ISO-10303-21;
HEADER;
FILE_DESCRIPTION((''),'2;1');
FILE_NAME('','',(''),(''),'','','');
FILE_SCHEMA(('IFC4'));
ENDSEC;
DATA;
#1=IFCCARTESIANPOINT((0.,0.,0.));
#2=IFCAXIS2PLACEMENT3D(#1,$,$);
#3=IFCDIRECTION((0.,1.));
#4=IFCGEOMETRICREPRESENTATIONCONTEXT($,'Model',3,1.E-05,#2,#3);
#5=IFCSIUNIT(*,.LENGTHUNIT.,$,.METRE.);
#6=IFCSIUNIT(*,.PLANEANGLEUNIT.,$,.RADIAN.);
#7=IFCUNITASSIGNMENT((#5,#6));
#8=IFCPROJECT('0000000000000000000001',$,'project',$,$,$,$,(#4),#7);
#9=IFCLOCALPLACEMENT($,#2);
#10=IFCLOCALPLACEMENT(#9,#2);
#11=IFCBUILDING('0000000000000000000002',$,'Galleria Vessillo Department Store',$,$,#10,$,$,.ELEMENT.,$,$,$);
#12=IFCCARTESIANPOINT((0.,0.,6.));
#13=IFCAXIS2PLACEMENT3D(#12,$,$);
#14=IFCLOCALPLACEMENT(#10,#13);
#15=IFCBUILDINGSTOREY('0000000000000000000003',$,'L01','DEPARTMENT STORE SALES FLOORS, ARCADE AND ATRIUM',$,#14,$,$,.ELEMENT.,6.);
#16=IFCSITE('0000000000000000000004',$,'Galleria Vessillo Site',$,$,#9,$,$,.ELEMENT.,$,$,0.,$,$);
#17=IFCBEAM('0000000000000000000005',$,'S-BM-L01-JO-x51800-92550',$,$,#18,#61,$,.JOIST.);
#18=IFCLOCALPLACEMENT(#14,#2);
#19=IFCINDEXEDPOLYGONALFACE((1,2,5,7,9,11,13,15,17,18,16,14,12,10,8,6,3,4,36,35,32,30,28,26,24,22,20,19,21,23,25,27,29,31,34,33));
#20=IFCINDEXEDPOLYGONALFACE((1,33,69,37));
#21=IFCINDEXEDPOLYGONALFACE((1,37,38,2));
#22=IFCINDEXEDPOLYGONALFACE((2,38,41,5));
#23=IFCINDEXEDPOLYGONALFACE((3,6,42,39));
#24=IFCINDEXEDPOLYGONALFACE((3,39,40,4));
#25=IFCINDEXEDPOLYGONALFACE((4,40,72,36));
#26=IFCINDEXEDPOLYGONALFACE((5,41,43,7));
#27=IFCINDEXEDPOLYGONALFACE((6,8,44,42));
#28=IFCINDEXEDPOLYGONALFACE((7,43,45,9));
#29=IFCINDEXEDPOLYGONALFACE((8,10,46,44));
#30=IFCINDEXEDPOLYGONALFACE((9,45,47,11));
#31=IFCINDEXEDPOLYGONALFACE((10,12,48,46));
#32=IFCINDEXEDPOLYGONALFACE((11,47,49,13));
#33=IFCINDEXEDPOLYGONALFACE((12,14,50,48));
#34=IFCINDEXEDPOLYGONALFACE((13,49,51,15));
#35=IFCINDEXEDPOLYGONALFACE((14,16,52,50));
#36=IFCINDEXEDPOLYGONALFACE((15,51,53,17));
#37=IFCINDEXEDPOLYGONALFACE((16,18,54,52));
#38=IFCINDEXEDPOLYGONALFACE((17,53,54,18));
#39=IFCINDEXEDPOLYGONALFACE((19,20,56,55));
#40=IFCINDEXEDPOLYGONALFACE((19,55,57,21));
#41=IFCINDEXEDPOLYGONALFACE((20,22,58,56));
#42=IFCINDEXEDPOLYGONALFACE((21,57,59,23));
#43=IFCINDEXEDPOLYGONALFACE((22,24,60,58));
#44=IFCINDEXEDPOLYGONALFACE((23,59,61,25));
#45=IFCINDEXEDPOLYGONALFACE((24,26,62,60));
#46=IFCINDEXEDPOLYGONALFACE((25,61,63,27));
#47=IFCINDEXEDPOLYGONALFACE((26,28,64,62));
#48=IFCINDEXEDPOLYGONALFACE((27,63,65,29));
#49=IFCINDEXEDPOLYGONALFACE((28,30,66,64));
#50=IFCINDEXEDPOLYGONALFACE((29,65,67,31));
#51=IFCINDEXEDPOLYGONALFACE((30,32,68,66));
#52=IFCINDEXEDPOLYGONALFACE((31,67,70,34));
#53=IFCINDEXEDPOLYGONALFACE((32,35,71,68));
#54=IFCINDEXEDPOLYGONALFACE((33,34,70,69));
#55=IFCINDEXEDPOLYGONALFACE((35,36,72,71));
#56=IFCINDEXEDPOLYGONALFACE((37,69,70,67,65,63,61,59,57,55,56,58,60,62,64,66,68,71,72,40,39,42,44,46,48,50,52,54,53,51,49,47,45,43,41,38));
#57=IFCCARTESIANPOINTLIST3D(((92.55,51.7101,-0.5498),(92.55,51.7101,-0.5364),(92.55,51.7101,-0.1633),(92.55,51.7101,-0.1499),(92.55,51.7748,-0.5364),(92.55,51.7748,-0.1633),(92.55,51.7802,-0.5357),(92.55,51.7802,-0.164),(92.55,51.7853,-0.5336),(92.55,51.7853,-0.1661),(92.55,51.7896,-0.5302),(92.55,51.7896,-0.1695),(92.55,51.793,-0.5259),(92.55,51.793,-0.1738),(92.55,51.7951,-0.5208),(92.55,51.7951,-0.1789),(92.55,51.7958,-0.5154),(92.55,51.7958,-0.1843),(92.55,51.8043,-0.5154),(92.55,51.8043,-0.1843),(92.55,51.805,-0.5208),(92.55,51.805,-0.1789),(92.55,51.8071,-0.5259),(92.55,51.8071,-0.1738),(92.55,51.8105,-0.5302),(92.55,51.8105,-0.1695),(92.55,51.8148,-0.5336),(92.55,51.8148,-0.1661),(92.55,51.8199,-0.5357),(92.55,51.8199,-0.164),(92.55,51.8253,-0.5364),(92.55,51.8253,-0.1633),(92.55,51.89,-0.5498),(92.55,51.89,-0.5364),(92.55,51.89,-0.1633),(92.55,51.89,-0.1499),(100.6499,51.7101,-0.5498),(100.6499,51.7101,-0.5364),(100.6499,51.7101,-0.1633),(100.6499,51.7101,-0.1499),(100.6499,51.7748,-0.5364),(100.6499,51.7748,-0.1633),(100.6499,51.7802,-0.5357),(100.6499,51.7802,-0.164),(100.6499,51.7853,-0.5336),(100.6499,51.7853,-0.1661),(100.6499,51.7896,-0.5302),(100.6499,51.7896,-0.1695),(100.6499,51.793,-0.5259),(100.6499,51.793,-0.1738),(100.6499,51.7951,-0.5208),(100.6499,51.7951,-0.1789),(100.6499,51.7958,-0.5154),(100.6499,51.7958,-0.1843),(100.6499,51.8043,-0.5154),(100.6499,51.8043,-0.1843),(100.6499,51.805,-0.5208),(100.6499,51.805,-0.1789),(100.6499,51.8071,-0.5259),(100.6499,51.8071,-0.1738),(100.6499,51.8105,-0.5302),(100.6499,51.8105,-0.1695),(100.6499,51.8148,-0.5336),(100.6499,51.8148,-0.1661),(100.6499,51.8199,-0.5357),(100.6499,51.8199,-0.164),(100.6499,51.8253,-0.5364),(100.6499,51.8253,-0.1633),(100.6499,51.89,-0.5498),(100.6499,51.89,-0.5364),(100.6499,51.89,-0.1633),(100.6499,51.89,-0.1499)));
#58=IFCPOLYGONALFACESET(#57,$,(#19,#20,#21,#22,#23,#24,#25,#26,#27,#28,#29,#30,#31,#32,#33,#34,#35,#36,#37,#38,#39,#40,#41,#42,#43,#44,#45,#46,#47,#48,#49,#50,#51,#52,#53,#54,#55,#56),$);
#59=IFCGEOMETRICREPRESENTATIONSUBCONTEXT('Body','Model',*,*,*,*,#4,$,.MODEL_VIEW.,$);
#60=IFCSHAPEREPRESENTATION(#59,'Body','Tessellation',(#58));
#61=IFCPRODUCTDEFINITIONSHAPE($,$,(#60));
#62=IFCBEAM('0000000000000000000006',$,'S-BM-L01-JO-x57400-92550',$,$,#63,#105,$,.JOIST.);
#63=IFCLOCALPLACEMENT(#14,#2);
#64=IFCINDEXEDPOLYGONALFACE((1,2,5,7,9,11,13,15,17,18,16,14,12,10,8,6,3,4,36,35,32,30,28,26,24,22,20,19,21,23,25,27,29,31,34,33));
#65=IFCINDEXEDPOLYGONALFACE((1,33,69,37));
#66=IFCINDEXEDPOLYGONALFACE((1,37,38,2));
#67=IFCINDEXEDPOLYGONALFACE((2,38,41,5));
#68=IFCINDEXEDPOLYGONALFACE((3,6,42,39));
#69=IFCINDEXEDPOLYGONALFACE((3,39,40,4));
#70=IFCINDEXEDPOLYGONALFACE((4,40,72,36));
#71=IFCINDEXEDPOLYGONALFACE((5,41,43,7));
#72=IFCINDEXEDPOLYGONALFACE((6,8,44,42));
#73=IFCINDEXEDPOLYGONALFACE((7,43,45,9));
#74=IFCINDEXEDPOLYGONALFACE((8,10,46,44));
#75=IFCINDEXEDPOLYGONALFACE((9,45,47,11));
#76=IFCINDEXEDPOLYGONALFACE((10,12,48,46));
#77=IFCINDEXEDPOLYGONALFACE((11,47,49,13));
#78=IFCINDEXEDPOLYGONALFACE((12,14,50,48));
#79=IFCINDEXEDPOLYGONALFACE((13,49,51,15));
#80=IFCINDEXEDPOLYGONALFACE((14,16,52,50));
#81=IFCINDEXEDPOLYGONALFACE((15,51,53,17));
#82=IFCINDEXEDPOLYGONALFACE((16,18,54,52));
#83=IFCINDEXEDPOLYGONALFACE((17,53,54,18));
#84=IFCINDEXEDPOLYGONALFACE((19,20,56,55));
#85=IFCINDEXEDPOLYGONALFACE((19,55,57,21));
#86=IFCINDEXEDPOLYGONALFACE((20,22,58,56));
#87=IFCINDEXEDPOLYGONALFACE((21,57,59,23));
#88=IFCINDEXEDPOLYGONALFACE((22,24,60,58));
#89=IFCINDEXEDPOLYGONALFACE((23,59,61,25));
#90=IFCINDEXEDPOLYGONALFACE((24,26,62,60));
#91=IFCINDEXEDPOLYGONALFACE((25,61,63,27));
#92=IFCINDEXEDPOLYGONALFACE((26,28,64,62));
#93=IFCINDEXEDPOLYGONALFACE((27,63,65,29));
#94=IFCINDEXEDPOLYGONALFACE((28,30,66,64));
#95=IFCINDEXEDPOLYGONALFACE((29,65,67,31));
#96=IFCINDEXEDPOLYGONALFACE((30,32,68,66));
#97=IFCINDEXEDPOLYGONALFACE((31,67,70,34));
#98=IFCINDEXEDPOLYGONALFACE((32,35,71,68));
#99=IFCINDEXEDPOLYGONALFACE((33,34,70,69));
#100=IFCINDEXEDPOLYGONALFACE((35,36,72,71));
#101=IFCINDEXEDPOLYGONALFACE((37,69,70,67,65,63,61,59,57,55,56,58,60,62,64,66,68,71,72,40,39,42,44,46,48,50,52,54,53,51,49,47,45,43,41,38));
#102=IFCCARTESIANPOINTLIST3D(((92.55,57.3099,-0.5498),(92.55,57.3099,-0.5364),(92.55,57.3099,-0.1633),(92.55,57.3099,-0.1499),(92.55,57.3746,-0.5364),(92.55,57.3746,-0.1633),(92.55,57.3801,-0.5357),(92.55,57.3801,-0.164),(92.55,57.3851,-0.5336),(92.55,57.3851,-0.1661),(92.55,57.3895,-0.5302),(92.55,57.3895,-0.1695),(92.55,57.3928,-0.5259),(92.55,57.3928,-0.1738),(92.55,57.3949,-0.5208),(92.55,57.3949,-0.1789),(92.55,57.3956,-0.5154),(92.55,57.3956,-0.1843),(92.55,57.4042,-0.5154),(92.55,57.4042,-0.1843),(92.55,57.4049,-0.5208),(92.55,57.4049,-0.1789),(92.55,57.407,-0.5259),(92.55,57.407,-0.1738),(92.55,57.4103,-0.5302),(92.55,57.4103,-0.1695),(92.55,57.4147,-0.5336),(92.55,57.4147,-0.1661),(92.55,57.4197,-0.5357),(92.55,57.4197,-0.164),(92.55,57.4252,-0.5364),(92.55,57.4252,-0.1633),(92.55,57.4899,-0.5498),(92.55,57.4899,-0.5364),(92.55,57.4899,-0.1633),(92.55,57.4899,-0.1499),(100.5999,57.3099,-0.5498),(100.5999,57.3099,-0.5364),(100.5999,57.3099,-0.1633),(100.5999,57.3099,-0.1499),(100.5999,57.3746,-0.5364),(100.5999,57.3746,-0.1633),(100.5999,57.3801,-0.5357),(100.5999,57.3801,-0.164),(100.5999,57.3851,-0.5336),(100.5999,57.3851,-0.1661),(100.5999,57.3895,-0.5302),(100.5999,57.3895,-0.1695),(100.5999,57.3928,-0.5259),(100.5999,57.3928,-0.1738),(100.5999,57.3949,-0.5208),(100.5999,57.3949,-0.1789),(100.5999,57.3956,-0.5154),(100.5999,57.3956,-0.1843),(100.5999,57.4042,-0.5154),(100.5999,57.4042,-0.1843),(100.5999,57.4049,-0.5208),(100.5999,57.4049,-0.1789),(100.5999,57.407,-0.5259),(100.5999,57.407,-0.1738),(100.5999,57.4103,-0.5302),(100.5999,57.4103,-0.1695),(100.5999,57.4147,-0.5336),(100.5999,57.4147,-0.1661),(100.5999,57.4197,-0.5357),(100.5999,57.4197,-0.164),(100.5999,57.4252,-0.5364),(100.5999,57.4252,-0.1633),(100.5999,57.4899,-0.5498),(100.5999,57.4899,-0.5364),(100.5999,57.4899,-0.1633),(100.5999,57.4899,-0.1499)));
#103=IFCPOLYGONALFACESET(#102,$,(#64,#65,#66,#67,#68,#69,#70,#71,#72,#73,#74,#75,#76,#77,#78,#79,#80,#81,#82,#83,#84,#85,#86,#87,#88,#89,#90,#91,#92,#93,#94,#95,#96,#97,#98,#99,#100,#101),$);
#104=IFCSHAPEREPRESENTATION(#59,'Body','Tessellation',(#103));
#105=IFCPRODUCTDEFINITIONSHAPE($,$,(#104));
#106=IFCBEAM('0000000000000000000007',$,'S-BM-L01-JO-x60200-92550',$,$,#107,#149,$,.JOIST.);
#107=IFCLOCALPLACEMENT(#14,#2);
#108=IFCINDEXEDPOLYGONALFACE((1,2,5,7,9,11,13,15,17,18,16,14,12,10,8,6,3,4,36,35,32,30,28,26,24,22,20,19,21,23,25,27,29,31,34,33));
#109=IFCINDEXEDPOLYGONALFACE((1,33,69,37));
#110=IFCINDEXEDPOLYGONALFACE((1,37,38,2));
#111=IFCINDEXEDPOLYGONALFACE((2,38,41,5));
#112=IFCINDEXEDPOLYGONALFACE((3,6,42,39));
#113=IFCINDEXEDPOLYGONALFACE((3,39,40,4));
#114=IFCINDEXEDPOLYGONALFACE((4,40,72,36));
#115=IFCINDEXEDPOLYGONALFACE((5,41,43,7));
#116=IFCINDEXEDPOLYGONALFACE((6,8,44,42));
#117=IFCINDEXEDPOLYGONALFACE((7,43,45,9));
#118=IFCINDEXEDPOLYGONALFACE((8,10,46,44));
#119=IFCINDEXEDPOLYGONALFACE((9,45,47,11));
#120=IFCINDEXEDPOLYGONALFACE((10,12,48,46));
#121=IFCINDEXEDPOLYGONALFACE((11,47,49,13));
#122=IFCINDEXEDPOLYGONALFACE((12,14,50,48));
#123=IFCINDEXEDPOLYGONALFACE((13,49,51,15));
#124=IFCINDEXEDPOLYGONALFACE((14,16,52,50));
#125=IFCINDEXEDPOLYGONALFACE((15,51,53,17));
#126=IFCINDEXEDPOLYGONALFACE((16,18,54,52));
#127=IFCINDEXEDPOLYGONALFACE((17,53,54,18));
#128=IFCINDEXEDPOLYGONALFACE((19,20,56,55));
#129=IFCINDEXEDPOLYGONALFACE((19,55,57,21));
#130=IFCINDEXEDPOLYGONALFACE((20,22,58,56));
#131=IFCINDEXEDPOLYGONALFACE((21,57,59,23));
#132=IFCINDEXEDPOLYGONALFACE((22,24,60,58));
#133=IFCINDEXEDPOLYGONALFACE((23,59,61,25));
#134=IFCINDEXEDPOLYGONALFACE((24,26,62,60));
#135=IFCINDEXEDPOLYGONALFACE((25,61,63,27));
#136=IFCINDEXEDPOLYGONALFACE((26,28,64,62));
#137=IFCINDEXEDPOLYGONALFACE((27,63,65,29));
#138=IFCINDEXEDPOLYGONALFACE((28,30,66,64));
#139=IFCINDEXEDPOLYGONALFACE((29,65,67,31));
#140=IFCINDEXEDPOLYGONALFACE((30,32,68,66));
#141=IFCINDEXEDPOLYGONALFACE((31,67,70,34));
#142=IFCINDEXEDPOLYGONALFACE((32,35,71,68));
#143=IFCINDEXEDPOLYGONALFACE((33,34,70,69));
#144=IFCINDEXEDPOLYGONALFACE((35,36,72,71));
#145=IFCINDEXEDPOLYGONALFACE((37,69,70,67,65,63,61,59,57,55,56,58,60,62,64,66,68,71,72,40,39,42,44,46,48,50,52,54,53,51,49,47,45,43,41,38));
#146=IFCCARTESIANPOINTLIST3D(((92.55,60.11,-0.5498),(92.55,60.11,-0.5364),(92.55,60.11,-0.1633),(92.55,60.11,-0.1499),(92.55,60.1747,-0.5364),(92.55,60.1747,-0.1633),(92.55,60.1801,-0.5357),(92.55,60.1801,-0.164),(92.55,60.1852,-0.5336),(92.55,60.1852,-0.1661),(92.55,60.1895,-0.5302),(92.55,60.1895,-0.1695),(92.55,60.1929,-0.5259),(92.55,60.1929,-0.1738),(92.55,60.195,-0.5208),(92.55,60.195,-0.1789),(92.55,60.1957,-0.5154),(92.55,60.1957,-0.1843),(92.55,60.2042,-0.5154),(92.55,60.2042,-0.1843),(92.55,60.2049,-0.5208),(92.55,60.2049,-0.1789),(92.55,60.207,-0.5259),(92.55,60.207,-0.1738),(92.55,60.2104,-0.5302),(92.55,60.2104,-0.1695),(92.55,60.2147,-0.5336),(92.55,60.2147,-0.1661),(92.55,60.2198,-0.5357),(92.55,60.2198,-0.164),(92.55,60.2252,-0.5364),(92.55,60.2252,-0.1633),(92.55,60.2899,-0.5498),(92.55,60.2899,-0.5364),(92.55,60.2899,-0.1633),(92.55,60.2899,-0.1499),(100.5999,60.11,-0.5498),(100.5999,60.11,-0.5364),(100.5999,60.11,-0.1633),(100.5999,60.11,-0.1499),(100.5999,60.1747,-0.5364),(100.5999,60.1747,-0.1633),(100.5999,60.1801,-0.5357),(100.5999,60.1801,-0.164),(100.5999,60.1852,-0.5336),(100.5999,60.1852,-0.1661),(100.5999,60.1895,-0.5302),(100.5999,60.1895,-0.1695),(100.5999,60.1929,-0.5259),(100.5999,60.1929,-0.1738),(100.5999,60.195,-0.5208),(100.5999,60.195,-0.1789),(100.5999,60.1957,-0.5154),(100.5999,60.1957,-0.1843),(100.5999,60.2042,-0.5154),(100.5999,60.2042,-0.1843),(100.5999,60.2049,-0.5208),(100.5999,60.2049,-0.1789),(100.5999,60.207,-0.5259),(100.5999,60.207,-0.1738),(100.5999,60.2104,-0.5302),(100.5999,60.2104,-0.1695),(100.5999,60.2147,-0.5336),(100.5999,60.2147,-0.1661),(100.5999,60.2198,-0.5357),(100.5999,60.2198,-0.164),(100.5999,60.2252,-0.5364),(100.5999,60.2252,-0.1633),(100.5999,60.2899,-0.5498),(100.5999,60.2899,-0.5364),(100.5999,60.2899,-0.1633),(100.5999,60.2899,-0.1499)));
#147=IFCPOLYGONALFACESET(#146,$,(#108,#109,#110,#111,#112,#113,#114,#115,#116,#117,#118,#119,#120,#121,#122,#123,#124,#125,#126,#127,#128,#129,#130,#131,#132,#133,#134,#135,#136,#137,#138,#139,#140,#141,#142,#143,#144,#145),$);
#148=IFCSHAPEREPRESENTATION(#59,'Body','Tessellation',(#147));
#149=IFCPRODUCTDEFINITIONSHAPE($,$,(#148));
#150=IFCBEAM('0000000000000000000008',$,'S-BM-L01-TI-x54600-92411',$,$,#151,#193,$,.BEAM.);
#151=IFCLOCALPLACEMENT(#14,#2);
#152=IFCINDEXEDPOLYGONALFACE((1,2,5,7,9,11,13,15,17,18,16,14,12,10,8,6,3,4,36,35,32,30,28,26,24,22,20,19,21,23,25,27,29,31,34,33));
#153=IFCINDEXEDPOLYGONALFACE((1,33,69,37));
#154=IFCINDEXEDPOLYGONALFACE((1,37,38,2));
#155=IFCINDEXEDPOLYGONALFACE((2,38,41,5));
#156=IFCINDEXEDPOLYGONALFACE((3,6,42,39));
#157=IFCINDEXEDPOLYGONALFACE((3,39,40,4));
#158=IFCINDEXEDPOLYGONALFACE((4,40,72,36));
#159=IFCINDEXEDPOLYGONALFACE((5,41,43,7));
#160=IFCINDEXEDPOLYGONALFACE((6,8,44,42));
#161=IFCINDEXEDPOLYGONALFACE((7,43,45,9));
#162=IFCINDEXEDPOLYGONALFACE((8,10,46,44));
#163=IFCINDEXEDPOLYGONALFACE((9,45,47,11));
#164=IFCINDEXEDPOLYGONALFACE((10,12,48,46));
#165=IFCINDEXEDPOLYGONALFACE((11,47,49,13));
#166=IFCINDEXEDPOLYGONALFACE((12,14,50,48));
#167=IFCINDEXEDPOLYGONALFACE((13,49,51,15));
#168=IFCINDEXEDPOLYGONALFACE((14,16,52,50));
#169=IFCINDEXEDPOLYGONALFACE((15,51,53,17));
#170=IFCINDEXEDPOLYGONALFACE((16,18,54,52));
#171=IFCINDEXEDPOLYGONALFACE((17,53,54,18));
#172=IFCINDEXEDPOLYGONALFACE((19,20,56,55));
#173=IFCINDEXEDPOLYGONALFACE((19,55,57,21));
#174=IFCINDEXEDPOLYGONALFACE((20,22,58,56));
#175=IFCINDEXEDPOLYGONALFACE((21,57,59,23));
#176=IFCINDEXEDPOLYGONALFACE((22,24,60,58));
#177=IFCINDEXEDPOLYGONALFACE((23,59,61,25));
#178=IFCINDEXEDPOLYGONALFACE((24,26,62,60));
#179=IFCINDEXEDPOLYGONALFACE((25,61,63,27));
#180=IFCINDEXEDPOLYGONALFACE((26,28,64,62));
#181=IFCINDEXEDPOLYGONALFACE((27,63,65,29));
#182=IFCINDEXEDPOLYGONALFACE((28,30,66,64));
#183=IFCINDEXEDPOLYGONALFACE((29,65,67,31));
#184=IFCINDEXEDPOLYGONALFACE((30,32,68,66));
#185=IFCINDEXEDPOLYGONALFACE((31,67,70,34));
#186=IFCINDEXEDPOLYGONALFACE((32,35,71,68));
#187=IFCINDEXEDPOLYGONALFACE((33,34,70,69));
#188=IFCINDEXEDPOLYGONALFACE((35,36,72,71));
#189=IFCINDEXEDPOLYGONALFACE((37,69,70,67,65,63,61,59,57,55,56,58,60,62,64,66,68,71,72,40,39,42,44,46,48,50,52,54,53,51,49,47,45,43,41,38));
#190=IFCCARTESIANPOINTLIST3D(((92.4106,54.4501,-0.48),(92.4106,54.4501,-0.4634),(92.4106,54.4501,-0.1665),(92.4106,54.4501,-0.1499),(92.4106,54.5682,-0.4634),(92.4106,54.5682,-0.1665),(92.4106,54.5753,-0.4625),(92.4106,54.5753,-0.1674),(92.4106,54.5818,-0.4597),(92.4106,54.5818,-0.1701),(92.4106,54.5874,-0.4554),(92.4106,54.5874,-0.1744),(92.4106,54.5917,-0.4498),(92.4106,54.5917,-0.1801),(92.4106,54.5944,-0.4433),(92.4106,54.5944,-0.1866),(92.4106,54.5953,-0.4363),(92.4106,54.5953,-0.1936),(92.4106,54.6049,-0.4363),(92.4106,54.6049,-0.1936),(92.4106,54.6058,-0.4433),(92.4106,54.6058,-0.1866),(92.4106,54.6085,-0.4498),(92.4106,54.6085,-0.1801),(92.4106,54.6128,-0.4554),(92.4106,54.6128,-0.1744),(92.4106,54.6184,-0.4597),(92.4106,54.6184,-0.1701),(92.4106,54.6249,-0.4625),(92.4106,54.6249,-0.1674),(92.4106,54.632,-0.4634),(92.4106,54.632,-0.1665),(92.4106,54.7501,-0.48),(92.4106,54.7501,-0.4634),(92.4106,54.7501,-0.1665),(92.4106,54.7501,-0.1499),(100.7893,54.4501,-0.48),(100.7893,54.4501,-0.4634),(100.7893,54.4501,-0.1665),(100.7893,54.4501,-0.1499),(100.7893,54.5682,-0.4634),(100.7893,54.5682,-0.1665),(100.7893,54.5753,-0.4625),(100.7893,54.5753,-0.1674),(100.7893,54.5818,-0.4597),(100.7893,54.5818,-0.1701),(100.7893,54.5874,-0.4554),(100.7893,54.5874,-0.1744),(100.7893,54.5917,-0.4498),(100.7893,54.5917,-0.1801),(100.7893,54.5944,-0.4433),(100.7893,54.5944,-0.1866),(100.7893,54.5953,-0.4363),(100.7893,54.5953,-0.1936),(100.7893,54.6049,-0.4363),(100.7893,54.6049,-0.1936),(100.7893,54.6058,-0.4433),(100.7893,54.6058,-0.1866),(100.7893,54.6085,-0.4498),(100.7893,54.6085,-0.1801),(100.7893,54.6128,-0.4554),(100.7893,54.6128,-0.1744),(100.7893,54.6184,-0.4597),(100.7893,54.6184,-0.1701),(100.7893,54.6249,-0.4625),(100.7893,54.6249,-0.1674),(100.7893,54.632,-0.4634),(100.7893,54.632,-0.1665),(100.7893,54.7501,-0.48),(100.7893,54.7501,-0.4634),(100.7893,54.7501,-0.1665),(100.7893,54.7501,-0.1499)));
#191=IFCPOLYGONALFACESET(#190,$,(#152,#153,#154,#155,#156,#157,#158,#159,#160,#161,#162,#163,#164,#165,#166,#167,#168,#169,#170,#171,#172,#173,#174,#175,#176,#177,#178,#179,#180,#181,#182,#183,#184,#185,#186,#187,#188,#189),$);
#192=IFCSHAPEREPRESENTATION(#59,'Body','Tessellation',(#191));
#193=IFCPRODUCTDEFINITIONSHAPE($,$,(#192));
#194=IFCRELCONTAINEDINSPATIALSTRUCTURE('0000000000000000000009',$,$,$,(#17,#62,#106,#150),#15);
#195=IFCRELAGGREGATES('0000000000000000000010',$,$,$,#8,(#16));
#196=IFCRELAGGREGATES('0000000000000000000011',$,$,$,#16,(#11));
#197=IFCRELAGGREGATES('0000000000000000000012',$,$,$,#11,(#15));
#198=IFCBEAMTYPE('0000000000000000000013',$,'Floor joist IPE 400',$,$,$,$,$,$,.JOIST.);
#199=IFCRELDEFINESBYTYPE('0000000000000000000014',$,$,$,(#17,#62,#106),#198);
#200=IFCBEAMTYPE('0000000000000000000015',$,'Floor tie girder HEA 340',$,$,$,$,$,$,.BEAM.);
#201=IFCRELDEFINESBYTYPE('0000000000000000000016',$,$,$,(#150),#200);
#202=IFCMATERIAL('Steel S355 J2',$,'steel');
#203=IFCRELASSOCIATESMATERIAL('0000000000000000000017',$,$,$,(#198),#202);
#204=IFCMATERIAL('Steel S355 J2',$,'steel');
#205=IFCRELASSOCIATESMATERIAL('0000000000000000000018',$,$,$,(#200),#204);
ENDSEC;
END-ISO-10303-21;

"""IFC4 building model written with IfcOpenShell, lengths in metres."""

from ifc_helpers import new_model, si_unit, direction, frame, origin, origin_2d, place, context, subcontext, project, spatial, i_section, extrude, material, material_profile, profile_set, type_object, element, save


model = new_model("IFC4")

# Units and contexts
model_context = context("Model", 3, precision=1e-05, world=origin(), true_north=direction((0.0, 1.0)))
body_context = subcontext(model_context, "Body", "Model", "MODEL_VIEW")
ifc_project = project(units=[si_unit("LENGTHUNIT", "METRE"), si_unit("PLANEANGLEUNIT", "RADIAN")], contexts=[model_context])

# Site, building, storey
site_placement = place(None, origin())
site = spatial("IfcSite", under=ifc_project, at=site_placement, Name="Galleria Vessillo Site", CompositionType="ELEMENT", RefElevation=0.0)
building_placement = place(site_placement, origin())
building = spatial("IfcBuilding", under=site, at=building_placement, Name="Galleria Vessillo Department Store", CompositionType="ELEMENT")
storey_placement = place(building_placement, frame((0.0, 0.0, 6.0)))
storey = spatial("IfcBuildingStorey", under=building, at=storey_placement, Name="L01", Description="DEPARTMENT STORE SALES FLOORS, ARCADE AND ATRIUM", CompositionType="ELEMENT", Elevation=6.0)

# Beams
ifc_material_1 = material(Name="Steel S355 J2", Category="steel")
ifc_material_profile_1 = material_profile(ifc_material_1, i_section(OverallWidth=0.1799, OverallDepth=0.3999, WebThickness=0.0085, FlangeThickness=0.0134, FilletRadius=0.021, at=origin_2d()), Name="IPE 400")
ifc_profile_set_1 = profile_set([ifc_material_profile_1], Name="Steel S355 J2")
beam_type_1 = type_object("IfcBeamType", Name="Floor joist IPE 400", PredefinedType="JOIST", material=ifc_profile_set_1)
for number, where, z_axis, x_axis, name in (
    (1, (92.55, 51.8, -0.3499), (1.0, 0.0, 0.0), (0.0, 1.0, 0.0), "S-BM-L01-JO-x51800-92550"),
):
    element("IfcBeam", number, at=place(storey_placement, frame(where, z_axis=z_axis, x_axis=x_axis)), inside=storey, type_object=beam_type_1, Name=name, PredefinedType="JOIST", context=body_context, shape_type="SweptSolid", body=[
        extrude(i_section(OverallWidth=0.1799, OverallDepth=0.3999, WebThickness=0.0085, FlangeThickness=0.0134, FilletRadius=0.021, at=origin_2d()), origin(), (0.0, 0.0, 1.0), 8.0999),
    ])
for number, where, z_axis, x_axis, name in (
    (2, (92.55, 57.3999, -0.3499), (1.0, 0.0, 0.0), (0.0, 1.0, 0.0), "S-BM-L01-JO-x57400-92550"),
    (3, (92.55, 60.2, -0.3499), (1.0, 0.0, 0.0), (0.0, 1.0, 0.0), "S-BM-L01-JO-x60200-92550"),
):
    element("IfcBeam", number, at=place(storey_placement, frame(where, z_axis=z_axis, x_axis=x_axis)), inside=storey, type_object=beam_type_1, Name=name, PredefinedType="JOIST", context=body_context, shape_type="SweptSolid", body=[
        extrude(i_section(OverallWidth=0.1799, OverallDepth=0.3999, WebThickness=0.0085, FlangeThickness=0.0134, FilletRadius=0.021, at=origin_2d()), origin(), (0.0, 0.0, 1.0), 8.0498),
    ])
ifc_material_2 = material(Name="Steel S355 J2", Category="steel")
ifc_material_profile_2 = material_profile(ifc_material_2, i_section(OverallWidth=0.3, OverallDepth=0.3301, WebThickness=0.0095, FlangeThickness=0.0166, FilletRadius=0.0271, at=origin_2d()), Name="HEA 340")
ifc_profile_set_2 = profile_set([ifc_material_profile_2], Name="Steel S355 J2")
beam_type_2 = type_object("IfcBeamType", Name="Floor tie girder HEA 340", PredefinedType="BEAM", material=ifc_profile_set_2)
beam_1_placement = place(storey_placement, frame((92.4106, 54.6001, -0.3149), z_axis=(1.0, 0.0, 0.0), x_axis=(0.0, 1.0, 0.0)))
element("IfcBeam", 4, at=beam_1_placement, inside=storey, type_object=beam_type_2, Name="S-BM-L01-TI-x54600-92411", PredefinedType="BEAM", context=body_context, shape_type="SweptSolid", body=[
    extrude(i_section(OverallWidth=0.3, OverallDepth=0.3301, WebThickness=0.0095, FlangeThickness=0.0166, FilletRadius=0.0271, at=origin_2d()), origin(), (0.0, 0.0, 1.0), 8.3787),
])

save(model, "model.ifc")
